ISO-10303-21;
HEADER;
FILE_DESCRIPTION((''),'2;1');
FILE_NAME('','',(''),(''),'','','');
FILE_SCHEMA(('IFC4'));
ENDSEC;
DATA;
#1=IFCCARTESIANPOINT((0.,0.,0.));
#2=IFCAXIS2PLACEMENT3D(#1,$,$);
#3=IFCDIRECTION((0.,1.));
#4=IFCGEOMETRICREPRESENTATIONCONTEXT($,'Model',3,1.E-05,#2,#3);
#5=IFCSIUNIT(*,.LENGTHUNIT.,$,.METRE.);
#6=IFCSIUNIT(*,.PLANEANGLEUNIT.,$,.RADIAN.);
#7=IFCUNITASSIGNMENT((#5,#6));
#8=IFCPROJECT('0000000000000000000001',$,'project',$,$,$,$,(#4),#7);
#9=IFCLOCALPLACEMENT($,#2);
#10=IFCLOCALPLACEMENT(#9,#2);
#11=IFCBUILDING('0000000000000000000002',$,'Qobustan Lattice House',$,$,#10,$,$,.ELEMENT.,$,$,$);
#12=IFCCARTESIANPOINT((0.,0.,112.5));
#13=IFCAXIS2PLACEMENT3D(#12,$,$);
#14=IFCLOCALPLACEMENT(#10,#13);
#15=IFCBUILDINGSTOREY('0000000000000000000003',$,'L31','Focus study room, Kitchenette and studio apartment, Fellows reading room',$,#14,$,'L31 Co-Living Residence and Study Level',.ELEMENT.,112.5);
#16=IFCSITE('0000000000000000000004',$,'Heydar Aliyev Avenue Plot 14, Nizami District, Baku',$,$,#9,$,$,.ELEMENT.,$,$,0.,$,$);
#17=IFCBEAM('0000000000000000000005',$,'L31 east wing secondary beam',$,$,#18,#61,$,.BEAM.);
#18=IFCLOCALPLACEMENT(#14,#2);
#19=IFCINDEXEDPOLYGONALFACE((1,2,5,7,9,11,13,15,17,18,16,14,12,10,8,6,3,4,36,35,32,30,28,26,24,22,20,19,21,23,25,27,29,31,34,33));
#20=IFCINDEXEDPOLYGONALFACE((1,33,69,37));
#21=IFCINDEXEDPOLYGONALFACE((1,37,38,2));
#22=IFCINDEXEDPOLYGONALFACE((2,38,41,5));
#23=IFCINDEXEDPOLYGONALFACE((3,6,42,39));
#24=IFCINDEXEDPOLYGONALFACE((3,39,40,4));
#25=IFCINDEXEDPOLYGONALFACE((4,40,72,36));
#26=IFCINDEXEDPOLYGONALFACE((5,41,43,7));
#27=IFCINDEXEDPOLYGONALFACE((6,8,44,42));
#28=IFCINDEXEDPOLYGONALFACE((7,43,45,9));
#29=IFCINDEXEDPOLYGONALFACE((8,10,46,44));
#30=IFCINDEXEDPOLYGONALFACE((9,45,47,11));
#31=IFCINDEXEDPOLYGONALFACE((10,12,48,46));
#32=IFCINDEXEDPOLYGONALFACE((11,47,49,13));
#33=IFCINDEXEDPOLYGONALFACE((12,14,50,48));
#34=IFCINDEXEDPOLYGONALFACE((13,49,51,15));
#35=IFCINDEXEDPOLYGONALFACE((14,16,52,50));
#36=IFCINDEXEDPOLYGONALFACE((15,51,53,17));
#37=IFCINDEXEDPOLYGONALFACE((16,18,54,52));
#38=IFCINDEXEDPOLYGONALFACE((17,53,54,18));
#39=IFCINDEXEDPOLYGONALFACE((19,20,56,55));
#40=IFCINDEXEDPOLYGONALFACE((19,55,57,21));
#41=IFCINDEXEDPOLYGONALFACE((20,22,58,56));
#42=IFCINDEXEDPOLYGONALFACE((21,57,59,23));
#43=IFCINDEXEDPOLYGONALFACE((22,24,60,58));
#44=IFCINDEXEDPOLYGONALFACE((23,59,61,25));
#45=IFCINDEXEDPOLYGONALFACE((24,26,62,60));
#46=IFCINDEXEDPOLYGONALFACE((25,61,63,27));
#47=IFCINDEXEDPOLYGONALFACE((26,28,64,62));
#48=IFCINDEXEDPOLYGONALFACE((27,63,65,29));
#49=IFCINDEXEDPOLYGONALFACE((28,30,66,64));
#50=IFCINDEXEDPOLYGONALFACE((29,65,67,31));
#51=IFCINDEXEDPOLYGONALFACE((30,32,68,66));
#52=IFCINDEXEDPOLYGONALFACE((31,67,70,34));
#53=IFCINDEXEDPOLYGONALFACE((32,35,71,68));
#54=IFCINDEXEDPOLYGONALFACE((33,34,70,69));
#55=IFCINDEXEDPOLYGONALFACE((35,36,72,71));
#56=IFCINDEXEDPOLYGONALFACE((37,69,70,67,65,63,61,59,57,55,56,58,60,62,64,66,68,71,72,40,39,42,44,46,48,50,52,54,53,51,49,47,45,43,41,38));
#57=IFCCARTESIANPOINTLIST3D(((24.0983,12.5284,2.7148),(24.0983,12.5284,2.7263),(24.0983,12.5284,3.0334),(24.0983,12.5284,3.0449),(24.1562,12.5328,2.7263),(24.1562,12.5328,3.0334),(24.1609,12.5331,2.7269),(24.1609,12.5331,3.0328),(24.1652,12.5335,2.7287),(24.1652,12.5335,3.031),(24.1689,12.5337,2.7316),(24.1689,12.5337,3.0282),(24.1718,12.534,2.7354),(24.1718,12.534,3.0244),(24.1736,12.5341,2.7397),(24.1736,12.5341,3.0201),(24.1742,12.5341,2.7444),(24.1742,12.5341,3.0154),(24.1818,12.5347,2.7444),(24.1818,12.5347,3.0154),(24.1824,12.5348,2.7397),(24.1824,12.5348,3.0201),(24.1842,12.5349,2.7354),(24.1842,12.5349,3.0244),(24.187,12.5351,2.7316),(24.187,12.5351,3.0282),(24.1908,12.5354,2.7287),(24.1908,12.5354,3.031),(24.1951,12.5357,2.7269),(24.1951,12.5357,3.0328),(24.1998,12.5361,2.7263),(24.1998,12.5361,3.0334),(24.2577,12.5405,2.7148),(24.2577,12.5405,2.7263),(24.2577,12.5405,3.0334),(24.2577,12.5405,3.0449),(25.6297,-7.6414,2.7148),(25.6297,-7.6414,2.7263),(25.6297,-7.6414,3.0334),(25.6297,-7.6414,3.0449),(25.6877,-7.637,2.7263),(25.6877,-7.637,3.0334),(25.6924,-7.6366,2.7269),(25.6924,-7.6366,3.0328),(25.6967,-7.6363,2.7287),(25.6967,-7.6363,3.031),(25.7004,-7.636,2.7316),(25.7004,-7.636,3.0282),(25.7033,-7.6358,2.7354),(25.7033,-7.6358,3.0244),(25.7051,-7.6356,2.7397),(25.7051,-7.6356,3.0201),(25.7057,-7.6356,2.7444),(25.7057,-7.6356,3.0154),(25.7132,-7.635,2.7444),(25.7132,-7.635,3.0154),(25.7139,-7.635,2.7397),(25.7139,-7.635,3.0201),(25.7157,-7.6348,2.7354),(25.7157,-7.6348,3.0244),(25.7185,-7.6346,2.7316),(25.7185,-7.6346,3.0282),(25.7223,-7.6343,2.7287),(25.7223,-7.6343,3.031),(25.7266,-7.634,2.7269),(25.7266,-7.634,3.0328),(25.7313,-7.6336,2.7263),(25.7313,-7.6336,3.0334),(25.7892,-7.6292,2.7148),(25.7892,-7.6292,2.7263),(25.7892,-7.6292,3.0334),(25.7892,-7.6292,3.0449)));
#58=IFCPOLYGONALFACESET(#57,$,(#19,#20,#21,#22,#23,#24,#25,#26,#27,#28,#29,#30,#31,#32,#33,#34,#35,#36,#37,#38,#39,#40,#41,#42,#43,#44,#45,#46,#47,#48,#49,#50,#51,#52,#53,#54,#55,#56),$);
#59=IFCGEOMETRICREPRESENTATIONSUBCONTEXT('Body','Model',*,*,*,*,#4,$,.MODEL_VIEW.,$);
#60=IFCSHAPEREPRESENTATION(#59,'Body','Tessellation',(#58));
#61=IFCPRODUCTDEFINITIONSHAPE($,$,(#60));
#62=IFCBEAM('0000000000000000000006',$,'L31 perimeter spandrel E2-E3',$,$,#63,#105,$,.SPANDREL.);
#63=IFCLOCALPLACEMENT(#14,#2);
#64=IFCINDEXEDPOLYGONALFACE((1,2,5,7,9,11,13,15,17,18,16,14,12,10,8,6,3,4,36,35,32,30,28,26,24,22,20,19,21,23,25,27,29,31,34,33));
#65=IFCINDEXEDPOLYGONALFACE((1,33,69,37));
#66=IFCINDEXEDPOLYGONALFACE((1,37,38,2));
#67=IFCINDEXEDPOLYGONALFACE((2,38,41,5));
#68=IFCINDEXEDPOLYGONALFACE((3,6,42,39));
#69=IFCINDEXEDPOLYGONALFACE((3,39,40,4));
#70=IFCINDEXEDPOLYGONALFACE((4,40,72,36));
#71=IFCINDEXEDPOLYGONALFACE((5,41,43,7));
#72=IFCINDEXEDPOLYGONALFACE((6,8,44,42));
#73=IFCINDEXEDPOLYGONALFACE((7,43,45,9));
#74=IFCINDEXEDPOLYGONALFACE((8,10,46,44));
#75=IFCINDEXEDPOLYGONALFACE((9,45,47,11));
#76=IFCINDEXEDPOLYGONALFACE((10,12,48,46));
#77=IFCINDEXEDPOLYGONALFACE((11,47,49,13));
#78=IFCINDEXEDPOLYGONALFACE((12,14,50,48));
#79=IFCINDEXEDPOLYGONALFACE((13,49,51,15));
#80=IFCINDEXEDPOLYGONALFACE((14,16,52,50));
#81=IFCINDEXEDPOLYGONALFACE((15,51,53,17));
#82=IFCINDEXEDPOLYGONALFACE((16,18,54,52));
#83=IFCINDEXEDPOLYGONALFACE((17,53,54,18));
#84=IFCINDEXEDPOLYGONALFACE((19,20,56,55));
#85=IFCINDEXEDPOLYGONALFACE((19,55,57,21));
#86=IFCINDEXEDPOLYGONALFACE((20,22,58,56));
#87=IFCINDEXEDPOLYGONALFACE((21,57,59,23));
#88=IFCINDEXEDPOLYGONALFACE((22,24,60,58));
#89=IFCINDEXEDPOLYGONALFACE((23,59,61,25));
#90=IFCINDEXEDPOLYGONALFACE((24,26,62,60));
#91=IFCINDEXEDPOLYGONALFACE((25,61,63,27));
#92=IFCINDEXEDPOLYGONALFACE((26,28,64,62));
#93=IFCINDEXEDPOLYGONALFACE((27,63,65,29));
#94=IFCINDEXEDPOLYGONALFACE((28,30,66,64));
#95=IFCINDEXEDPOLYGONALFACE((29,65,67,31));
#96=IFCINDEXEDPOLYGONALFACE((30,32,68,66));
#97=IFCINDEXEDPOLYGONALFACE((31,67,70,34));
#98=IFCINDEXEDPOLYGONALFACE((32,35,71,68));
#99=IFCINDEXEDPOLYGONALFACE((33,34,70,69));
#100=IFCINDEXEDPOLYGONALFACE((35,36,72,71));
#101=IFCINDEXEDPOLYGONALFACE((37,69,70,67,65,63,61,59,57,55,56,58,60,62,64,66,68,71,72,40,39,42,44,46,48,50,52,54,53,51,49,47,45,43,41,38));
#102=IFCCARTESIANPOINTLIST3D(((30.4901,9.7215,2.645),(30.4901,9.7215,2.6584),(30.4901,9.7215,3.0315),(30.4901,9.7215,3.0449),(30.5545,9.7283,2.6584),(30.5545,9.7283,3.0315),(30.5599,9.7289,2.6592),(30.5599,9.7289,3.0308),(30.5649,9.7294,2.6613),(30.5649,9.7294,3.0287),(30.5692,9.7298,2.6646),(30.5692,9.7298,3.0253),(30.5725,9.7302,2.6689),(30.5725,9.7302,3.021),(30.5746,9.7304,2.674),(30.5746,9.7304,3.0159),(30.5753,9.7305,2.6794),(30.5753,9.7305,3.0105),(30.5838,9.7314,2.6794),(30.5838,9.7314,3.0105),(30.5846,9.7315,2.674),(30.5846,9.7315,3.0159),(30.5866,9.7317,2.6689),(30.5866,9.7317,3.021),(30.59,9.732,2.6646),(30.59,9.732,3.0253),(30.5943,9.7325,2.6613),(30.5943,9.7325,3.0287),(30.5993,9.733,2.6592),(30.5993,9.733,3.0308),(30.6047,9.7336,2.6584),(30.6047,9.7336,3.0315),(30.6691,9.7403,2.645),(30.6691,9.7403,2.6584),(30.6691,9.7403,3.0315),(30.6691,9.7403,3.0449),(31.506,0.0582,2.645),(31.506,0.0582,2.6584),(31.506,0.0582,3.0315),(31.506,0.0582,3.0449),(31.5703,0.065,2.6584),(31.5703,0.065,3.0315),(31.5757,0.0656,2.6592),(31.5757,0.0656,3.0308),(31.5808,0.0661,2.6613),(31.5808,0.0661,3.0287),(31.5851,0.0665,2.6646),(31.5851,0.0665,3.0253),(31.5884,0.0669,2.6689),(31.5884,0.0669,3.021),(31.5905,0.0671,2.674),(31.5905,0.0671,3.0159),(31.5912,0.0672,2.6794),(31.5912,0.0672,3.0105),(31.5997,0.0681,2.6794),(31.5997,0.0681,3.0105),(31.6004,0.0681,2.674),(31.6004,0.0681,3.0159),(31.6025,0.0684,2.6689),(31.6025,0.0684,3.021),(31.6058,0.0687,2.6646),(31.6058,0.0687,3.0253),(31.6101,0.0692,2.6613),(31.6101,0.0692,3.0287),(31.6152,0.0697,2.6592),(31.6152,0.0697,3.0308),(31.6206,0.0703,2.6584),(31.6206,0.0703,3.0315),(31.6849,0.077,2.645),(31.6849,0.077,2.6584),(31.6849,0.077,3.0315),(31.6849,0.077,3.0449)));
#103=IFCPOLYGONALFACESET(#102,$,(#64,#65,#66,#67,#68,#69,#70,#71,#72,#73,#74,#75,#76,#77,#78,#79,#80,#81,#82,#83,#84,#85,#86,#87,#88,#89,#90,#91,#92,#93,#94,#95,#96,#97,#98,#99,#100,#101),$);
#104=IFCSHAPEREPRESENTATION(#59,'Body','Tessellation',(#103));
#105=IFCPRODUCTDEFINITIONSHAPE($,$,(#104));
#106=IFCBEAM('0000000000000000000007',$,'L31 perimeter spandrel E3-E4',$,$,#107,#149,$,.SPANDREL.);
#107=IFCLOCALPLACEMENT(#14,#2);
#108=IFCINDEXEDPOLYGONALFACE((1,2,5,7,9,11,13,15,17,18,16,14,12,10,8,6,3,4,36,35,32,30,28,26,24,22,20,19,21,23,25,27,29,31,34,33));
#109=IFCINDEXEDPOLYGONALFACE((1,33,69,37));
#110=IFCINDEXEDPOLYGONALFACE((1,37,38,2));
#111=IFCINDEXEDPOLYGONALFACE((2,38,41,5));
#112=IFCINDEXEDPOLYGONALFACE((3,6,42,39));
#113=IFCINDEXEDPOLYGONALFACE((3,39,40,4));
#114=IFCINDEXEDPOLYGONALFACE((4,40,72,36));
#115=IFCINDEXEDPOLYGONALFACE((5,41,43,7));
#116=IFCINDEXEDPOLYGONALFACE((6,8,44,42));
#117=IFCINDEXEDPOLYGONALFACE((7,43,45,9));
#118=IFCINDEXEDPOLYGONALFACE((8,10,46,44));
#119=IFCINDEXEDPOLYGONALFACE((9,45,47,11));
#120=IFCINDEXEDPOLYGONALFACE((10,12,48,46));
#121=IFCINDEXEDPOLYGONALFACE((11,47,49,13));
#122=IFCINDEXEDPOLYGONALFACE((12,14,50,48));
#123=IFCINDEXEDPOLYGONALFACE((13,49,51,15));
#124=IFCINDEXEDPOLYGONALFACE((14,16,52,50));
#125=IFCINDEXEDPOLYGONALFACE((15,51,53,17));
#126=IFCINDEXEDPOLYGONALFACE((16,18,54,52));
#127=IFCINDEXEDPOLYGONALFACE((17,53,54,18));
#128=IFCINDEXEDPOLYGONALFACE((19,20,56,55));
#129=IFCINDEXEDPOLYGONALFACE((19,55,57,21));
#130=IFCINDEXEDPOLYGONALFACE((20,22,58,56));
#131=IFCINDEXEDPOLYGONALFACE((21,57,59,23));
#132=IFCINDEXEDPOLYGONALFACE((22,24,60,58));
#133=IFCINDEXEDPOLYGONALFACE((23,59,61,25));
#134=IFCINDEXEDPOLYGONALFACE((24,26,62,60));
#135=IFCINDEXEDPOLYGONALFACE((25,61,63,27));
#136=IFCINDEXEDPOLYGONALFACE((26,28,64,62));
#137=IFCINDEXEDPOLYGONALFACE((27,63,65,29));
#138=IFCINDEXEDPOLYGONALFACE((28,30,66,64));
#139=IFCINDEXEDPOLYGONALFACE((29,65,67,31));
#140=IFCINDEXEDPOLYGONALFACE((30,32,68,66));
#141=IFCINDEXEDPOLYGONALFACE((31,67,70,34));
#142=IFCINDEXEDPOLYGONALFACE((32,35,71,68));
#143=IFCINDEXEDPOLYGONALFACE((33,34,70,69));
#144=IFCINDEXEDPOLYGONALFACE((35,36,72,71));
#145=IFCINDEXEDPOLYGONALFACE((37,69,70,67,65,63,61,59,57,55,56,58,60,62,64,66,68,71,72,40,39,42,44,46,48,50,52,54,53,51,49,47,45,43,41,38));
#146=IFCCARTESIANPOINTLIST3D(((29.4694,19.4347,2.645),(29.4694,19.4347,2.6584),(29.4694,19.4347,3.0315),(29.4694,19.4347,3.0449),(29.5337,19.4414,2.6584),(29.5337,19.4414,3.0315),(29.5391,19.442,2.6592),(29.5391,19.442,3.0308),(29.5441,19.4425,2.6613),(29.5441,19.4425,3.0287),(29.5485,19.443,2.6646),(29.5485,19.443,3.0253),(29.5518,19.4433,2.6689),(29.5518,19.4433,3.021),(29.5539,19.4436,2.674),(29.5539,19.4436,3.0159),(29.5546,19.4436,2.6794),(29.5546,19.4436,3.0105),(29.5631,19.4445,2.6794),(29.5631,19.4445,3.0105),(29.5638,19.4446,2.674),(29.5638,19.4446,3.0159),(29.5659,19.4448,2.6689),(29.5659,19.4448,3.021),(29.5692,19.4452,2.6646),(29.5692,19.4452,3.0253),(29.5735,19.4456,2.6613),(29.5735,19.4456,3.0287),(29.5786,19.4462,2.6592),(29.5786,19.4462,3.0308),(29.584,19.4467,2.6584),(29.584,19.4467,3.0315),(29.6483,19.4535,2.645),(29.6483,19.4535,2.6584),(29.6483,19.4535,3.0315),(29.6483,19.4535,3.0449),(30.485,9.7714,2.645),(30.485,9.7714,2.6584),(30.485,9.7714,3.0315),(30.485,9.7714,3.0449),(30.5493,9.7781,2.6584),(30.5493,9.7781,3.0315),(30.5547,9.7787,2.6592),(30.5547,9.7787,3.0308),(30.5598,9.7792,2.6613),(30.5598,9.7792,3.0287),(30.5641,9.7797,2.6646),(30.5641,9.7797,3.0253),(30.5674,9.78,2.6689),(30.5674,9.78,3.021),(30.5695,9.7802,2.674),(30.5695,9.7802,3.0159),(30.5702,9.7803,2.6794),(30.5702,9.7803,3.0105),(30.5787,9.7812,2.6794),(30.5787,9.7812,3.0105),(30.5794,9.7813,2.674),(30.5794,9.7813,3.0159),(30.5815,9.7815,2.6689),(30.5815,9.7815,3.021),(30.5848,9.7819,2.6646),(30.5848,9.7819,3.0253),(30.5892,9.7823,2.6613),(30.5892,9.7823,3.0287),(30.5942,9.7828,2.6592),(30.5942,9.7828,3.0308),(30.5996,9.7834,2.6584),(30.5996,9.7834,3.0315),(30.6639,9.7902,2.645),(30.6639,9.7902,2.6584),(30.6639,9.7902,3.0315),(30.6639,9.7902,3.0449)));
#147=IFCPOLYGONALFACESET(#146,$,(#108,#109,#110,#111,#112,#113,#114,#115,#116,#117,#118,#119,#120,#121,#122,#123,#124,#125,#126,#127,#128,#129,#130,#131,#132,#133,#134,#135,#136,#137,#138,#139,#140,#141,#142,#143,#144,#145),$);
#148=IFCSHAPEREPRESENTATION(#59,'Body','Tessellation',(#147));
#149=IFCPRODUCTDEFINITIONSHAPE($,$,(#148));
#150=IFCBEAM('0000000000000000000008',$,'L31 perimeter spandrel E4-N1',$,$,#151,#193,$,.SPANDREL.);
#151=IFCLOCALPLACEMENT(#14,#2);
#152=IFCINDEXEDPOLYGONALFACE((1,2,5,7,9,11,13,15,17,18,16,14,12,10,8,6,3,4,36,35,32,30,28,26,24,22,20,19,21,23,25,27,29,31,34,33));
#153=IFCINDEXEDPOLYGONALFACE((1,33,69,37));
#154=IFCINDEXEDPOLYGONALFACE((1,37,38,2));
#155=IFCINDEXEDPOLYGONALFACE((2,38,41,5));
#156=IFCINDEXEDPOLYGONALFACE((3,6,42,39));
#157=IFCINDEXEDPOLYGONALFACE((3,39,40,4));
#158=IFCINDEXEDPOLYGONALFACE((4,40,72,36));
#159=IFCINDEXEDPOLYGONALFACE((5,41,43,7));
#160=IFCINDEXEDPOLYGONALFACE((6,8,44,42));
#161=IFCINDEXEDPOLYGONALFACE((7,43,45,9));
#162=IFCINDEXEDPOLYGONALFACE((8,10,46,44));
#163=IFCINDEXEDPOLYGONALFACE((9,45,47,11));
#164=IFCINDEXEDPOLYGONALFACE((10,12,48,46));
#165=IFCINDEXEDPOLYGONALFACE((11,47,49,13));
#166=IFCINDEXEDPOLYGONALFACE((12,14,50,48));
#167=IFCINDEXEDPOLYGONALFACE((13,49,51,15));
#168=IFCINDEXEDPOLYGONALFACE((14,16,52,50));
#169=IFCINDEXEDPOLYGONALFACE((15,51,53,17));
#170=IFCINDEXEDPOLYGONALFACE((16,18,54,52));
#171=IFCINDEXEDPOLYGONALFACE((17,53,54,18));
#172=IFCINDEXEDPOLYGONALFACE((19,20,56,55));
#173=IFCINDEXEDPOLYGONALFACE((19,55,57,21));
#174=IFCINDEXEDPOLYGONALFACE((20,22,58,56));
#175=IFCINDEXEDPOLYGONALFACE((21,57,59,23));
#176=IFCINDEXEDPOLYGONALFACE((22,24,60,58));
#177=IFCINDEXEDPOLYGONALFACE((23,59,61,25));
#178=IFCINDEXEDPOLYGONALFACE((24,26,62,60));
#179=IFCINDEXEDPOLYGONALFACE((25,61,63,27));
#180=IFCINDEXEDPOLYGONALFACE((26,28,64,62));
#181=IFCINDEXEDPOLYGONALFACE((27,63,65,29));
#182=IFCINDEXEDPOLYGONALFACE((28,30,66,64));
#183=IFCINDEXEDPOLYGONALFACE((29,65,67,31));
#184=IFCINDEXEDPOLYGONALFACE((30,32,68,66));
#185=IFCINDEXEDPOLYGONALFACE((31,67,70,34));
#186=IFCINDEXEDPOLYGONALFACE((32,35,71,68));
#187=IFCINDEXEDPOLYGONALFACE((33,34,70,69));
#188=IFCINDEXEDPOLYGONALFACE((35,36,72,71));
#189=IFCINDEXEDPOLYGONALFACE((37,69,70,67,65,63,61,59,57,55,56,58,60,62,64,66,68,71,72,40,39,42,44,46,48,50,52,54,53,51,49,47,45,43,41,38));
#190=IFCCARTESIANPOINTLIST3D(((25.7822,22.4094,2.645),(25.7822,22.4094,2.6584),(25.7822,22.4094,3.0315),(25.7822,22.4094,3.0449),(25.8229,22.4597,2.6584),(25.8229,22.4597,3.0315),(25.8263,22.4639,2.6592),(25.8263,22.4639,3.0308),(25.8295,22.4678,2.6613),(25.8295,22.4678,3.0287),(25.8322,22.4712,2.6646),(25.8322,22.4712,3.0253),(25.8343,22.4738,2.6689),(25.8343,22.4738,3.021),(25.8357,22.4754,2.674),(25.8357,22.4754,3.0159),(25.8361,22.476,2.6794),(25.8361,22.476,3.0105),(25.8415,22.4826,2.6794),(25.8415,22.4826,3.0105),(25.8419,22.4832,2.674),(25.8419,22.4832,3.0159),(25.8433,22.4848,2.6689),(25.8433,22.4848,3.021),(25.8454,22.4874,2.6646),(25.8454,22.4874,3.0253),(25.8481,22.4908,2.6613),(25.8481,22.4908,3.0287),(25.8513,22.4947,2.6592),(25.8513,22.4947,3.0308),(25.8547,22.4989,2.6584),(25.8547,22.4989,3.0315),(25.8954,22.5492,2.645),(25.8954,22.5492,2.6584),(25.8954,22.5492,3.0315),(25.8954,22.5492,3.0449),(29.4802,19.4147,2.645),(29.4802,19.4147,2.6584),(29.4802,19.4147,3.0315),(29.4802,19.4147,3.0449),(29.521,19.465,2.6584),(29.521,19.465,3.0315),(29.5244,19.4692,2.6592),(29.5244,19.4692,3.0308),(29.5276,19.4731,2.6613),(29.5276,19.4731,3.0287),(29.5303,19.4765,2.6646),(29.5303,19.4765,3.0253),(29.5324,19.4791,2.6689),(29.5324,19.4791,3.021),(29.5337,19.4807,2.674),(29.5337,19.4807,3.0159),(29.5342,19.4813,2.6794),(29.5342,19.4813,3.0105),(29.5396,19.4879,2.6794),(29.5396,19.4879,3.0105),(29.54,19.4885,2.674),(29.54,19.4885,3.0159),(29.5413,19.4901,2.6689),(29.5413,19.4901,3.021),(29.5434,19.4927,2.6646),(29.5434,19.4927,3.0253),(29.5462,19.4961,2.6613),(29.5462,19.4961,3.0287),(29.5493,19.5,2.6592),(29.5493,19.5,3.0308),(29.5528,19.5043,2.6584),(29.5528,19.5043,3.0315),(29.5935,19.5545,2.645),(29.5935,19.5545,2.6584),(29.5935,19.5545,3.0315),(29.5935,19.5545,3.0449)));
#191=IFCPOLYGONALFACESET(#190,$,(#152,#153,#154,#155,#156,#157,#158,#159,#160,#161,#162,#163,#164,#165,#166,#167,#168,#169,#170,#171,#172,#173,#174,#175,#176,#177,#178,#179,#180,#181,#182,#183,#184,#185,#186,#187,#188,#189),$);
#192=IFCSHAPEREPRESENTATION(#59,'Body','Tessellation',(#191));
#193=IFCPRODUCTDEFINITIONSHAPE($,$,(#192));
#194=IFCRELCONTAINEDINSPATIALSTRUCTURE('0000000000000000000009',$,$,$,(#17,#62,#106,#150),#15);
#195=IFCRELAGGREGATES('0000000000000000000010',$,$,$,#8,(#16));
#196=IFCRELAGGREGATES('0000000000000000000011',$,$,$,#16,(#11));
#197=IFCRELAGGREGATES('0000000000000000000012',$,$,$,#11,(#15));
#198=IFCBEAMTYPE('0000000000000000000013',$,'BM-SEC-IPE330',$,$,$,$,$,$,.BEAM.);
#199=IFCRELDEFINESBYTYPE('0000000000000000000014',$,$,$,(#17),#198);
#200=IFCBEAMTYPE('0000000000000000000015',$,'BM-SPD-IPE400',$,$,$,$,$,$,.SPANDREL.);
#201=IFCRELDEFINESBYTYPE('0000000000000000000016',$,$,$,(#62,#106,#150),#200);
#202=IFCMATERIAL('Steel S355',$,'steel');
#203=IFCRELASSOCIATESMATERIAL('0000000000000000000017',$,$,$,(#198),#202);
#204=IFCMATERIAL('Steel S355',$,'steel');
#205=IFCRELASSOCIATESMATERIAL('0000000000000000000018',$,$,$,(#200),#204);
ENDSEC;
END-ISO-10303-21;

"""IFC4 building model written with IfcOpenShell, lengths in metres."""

from ifc_helpers import new_model, si_unit, direction, frame, origin, origin_2d, place, context, subcontext, project, spatial, i_section, extrude, material, material_profile, profile_set, type_object, element, save


model = new_model("IFC4")

# Units and contexts
model_context = context("Model", 3, precision=1e-05, world=origin(), true_north=direction((0.0, 1.0)))
body_context = subcontext(model_context, "Body", "Model", "MODEL_VIEW")
ifc_project = project(units=[si_unit("LENGTHUNIT", "METRE"), si_unit("PLANEANGLEUNIT", "RADIAN")], contexts=[model_context])

# Site, building, storey
site_placement = place(None, origin())
site = spatial("IfcSite", under=ifc_project, at=site_placement, Name="Heydar Aliyev Avenue Plot 14, Nizami District, Baku", CompositionType="ELEMENT", RefElevation=0.0)
building_placement = place(site_placement, origin())
building = spatial("IfcBuilding", under=site, at=building_placement, Name="Qobustan Lattice House", CompositionType="ELEMENT")
storey_placement = place(building_placement, frame((0.0, 0.0, 112.5)))
storey = spatial("IfcBuildingStorey", under=building, at=storey_placement, Name="L31", Description="Focus study room, Kitchenette and studio apartment, Fellows reading room", LongName="L31 Co-Living Residence and Study Level", CompositionType="ELEMENT", Elevation=112.5)

# Beams
ifc_material_1 = material(Name="Steel S355", Category="steel")
ifc_material_profile_1 = material_profile(ifc_material_1, i_section(OverallWidth=0.1599, OverallDepth=0.3301, WebThickness=0.0076, FlangeThickness=0.0115, FilletRadius=0.0181, at=origin_2d()), Name="IPE330")
ifc_profile_set_1 = profile_set([ifc_material_profile_1], Name="Steel S355")
beam_type_1 = type_object("IfcBeamType", Name="BM-SEC-IPE330", PredefinedType="BEAM", material=ifc_profile_set_1)
beam_1_placement = place(storey_placement, frame((24.178, 12.5344, 2.8799), z_axis=(0.075713, -0.99713, 0.0), x_axis=(0.99713, 0.075713, 0.0)))
element("IfcBeam", 1, at=beam_1_placement, inside=storey, type_object=beam_type_1, Name="L31 east wing secondary beam", PredefinedType="BEAM", context=body_context, shape_type="SweptSolid", body=[
    extrude(i_section(OverallWidth=0.1599, OverallDepth=0.3301, WebThickness=0.0076, FlangeThickness=0.0115, FilletRadius=0.0181, at=origin_2d()), origin(), (0.0, 0.0, 1.0), 20.2278),
])
ifc_material_2 = material(Name="Steel S355", Category="steel")
ifc_material_profile_2 = material_profile(ifc_material_2, i_section(OverallWidth=0.1799, OverallDepth=0.3999, WebThickness=0.0085, FlangeThickness=0.0134, FilletRadius=0.021, at=origin_2d()), Name="IPE400")
ifc_profile_set_2 = profile_set([ifc_material_profile_2], Name="Steel S355")
beam_type_2 = type_object("IfcBeamType", Name="BM-SPD-IPE400", PredefinedType="SPANDREL", material=ifc_profile_set_2)
for number, where, z_axis, x_axis, name in (
    (2, (31.5955, 0.0676, 2.845), (-0.10455, 0.99452, 0.0), (-0.99452, -0.10455, 0.0), "L31 perimeter spandrel E2-E3"),
    (3, (30.5745, 9.7808, 2.845), (-0.104525, 0.994522, 0.0), (-0.994522, -0.104525, 0.0), "L31 perimeter spandrel E3-E4"),
):
    element("IfcBeam", number, at=place(storey_placement, frame(where, z_axis=z_axis, x_axis=x_axis)), inside=storey, type_object=beam_type_2, Name=name, PredefinedType="SPANDREL", context=body_context, shape_type="SweptSolid", body=[
        extrude(i_section(OverallWidth=0.1799, OverallDepth=0.3999, WebThickness=0.0085, FlangeThickness=0.0134, FilletRadius=0.021, at=origin_2d()), origin(), (0.0, 0.0, 1.0), 9.7166),
    ])
beam_2_placement = place(storey_placement, frame((29.5369, 19.4846, 2.845), z_axis=(-0.777141, 0.629327, 0.0), x_axis=(-0.629327, -0.777141, 0.0)))
element("IfcBeam", 4, at=beam_2_placement, inside=storey, type_object=beam_type_2, Name="L31 perimeter spandrel E4-N1", PredefinedType="SPANDREL", context=body_context, shape_type="SweptSolid", body=[
    extrude(i_section(OverallWidth=0.1799, OverallDepth=0.3999, WebThickness=0.0085, FlangeThickness=0.0134, FilletRadius=0.021, at=origin_2d()), origin(), (0.0, 0.0, 1.0), 4.7585),
])

save(model, "model.ifc")
